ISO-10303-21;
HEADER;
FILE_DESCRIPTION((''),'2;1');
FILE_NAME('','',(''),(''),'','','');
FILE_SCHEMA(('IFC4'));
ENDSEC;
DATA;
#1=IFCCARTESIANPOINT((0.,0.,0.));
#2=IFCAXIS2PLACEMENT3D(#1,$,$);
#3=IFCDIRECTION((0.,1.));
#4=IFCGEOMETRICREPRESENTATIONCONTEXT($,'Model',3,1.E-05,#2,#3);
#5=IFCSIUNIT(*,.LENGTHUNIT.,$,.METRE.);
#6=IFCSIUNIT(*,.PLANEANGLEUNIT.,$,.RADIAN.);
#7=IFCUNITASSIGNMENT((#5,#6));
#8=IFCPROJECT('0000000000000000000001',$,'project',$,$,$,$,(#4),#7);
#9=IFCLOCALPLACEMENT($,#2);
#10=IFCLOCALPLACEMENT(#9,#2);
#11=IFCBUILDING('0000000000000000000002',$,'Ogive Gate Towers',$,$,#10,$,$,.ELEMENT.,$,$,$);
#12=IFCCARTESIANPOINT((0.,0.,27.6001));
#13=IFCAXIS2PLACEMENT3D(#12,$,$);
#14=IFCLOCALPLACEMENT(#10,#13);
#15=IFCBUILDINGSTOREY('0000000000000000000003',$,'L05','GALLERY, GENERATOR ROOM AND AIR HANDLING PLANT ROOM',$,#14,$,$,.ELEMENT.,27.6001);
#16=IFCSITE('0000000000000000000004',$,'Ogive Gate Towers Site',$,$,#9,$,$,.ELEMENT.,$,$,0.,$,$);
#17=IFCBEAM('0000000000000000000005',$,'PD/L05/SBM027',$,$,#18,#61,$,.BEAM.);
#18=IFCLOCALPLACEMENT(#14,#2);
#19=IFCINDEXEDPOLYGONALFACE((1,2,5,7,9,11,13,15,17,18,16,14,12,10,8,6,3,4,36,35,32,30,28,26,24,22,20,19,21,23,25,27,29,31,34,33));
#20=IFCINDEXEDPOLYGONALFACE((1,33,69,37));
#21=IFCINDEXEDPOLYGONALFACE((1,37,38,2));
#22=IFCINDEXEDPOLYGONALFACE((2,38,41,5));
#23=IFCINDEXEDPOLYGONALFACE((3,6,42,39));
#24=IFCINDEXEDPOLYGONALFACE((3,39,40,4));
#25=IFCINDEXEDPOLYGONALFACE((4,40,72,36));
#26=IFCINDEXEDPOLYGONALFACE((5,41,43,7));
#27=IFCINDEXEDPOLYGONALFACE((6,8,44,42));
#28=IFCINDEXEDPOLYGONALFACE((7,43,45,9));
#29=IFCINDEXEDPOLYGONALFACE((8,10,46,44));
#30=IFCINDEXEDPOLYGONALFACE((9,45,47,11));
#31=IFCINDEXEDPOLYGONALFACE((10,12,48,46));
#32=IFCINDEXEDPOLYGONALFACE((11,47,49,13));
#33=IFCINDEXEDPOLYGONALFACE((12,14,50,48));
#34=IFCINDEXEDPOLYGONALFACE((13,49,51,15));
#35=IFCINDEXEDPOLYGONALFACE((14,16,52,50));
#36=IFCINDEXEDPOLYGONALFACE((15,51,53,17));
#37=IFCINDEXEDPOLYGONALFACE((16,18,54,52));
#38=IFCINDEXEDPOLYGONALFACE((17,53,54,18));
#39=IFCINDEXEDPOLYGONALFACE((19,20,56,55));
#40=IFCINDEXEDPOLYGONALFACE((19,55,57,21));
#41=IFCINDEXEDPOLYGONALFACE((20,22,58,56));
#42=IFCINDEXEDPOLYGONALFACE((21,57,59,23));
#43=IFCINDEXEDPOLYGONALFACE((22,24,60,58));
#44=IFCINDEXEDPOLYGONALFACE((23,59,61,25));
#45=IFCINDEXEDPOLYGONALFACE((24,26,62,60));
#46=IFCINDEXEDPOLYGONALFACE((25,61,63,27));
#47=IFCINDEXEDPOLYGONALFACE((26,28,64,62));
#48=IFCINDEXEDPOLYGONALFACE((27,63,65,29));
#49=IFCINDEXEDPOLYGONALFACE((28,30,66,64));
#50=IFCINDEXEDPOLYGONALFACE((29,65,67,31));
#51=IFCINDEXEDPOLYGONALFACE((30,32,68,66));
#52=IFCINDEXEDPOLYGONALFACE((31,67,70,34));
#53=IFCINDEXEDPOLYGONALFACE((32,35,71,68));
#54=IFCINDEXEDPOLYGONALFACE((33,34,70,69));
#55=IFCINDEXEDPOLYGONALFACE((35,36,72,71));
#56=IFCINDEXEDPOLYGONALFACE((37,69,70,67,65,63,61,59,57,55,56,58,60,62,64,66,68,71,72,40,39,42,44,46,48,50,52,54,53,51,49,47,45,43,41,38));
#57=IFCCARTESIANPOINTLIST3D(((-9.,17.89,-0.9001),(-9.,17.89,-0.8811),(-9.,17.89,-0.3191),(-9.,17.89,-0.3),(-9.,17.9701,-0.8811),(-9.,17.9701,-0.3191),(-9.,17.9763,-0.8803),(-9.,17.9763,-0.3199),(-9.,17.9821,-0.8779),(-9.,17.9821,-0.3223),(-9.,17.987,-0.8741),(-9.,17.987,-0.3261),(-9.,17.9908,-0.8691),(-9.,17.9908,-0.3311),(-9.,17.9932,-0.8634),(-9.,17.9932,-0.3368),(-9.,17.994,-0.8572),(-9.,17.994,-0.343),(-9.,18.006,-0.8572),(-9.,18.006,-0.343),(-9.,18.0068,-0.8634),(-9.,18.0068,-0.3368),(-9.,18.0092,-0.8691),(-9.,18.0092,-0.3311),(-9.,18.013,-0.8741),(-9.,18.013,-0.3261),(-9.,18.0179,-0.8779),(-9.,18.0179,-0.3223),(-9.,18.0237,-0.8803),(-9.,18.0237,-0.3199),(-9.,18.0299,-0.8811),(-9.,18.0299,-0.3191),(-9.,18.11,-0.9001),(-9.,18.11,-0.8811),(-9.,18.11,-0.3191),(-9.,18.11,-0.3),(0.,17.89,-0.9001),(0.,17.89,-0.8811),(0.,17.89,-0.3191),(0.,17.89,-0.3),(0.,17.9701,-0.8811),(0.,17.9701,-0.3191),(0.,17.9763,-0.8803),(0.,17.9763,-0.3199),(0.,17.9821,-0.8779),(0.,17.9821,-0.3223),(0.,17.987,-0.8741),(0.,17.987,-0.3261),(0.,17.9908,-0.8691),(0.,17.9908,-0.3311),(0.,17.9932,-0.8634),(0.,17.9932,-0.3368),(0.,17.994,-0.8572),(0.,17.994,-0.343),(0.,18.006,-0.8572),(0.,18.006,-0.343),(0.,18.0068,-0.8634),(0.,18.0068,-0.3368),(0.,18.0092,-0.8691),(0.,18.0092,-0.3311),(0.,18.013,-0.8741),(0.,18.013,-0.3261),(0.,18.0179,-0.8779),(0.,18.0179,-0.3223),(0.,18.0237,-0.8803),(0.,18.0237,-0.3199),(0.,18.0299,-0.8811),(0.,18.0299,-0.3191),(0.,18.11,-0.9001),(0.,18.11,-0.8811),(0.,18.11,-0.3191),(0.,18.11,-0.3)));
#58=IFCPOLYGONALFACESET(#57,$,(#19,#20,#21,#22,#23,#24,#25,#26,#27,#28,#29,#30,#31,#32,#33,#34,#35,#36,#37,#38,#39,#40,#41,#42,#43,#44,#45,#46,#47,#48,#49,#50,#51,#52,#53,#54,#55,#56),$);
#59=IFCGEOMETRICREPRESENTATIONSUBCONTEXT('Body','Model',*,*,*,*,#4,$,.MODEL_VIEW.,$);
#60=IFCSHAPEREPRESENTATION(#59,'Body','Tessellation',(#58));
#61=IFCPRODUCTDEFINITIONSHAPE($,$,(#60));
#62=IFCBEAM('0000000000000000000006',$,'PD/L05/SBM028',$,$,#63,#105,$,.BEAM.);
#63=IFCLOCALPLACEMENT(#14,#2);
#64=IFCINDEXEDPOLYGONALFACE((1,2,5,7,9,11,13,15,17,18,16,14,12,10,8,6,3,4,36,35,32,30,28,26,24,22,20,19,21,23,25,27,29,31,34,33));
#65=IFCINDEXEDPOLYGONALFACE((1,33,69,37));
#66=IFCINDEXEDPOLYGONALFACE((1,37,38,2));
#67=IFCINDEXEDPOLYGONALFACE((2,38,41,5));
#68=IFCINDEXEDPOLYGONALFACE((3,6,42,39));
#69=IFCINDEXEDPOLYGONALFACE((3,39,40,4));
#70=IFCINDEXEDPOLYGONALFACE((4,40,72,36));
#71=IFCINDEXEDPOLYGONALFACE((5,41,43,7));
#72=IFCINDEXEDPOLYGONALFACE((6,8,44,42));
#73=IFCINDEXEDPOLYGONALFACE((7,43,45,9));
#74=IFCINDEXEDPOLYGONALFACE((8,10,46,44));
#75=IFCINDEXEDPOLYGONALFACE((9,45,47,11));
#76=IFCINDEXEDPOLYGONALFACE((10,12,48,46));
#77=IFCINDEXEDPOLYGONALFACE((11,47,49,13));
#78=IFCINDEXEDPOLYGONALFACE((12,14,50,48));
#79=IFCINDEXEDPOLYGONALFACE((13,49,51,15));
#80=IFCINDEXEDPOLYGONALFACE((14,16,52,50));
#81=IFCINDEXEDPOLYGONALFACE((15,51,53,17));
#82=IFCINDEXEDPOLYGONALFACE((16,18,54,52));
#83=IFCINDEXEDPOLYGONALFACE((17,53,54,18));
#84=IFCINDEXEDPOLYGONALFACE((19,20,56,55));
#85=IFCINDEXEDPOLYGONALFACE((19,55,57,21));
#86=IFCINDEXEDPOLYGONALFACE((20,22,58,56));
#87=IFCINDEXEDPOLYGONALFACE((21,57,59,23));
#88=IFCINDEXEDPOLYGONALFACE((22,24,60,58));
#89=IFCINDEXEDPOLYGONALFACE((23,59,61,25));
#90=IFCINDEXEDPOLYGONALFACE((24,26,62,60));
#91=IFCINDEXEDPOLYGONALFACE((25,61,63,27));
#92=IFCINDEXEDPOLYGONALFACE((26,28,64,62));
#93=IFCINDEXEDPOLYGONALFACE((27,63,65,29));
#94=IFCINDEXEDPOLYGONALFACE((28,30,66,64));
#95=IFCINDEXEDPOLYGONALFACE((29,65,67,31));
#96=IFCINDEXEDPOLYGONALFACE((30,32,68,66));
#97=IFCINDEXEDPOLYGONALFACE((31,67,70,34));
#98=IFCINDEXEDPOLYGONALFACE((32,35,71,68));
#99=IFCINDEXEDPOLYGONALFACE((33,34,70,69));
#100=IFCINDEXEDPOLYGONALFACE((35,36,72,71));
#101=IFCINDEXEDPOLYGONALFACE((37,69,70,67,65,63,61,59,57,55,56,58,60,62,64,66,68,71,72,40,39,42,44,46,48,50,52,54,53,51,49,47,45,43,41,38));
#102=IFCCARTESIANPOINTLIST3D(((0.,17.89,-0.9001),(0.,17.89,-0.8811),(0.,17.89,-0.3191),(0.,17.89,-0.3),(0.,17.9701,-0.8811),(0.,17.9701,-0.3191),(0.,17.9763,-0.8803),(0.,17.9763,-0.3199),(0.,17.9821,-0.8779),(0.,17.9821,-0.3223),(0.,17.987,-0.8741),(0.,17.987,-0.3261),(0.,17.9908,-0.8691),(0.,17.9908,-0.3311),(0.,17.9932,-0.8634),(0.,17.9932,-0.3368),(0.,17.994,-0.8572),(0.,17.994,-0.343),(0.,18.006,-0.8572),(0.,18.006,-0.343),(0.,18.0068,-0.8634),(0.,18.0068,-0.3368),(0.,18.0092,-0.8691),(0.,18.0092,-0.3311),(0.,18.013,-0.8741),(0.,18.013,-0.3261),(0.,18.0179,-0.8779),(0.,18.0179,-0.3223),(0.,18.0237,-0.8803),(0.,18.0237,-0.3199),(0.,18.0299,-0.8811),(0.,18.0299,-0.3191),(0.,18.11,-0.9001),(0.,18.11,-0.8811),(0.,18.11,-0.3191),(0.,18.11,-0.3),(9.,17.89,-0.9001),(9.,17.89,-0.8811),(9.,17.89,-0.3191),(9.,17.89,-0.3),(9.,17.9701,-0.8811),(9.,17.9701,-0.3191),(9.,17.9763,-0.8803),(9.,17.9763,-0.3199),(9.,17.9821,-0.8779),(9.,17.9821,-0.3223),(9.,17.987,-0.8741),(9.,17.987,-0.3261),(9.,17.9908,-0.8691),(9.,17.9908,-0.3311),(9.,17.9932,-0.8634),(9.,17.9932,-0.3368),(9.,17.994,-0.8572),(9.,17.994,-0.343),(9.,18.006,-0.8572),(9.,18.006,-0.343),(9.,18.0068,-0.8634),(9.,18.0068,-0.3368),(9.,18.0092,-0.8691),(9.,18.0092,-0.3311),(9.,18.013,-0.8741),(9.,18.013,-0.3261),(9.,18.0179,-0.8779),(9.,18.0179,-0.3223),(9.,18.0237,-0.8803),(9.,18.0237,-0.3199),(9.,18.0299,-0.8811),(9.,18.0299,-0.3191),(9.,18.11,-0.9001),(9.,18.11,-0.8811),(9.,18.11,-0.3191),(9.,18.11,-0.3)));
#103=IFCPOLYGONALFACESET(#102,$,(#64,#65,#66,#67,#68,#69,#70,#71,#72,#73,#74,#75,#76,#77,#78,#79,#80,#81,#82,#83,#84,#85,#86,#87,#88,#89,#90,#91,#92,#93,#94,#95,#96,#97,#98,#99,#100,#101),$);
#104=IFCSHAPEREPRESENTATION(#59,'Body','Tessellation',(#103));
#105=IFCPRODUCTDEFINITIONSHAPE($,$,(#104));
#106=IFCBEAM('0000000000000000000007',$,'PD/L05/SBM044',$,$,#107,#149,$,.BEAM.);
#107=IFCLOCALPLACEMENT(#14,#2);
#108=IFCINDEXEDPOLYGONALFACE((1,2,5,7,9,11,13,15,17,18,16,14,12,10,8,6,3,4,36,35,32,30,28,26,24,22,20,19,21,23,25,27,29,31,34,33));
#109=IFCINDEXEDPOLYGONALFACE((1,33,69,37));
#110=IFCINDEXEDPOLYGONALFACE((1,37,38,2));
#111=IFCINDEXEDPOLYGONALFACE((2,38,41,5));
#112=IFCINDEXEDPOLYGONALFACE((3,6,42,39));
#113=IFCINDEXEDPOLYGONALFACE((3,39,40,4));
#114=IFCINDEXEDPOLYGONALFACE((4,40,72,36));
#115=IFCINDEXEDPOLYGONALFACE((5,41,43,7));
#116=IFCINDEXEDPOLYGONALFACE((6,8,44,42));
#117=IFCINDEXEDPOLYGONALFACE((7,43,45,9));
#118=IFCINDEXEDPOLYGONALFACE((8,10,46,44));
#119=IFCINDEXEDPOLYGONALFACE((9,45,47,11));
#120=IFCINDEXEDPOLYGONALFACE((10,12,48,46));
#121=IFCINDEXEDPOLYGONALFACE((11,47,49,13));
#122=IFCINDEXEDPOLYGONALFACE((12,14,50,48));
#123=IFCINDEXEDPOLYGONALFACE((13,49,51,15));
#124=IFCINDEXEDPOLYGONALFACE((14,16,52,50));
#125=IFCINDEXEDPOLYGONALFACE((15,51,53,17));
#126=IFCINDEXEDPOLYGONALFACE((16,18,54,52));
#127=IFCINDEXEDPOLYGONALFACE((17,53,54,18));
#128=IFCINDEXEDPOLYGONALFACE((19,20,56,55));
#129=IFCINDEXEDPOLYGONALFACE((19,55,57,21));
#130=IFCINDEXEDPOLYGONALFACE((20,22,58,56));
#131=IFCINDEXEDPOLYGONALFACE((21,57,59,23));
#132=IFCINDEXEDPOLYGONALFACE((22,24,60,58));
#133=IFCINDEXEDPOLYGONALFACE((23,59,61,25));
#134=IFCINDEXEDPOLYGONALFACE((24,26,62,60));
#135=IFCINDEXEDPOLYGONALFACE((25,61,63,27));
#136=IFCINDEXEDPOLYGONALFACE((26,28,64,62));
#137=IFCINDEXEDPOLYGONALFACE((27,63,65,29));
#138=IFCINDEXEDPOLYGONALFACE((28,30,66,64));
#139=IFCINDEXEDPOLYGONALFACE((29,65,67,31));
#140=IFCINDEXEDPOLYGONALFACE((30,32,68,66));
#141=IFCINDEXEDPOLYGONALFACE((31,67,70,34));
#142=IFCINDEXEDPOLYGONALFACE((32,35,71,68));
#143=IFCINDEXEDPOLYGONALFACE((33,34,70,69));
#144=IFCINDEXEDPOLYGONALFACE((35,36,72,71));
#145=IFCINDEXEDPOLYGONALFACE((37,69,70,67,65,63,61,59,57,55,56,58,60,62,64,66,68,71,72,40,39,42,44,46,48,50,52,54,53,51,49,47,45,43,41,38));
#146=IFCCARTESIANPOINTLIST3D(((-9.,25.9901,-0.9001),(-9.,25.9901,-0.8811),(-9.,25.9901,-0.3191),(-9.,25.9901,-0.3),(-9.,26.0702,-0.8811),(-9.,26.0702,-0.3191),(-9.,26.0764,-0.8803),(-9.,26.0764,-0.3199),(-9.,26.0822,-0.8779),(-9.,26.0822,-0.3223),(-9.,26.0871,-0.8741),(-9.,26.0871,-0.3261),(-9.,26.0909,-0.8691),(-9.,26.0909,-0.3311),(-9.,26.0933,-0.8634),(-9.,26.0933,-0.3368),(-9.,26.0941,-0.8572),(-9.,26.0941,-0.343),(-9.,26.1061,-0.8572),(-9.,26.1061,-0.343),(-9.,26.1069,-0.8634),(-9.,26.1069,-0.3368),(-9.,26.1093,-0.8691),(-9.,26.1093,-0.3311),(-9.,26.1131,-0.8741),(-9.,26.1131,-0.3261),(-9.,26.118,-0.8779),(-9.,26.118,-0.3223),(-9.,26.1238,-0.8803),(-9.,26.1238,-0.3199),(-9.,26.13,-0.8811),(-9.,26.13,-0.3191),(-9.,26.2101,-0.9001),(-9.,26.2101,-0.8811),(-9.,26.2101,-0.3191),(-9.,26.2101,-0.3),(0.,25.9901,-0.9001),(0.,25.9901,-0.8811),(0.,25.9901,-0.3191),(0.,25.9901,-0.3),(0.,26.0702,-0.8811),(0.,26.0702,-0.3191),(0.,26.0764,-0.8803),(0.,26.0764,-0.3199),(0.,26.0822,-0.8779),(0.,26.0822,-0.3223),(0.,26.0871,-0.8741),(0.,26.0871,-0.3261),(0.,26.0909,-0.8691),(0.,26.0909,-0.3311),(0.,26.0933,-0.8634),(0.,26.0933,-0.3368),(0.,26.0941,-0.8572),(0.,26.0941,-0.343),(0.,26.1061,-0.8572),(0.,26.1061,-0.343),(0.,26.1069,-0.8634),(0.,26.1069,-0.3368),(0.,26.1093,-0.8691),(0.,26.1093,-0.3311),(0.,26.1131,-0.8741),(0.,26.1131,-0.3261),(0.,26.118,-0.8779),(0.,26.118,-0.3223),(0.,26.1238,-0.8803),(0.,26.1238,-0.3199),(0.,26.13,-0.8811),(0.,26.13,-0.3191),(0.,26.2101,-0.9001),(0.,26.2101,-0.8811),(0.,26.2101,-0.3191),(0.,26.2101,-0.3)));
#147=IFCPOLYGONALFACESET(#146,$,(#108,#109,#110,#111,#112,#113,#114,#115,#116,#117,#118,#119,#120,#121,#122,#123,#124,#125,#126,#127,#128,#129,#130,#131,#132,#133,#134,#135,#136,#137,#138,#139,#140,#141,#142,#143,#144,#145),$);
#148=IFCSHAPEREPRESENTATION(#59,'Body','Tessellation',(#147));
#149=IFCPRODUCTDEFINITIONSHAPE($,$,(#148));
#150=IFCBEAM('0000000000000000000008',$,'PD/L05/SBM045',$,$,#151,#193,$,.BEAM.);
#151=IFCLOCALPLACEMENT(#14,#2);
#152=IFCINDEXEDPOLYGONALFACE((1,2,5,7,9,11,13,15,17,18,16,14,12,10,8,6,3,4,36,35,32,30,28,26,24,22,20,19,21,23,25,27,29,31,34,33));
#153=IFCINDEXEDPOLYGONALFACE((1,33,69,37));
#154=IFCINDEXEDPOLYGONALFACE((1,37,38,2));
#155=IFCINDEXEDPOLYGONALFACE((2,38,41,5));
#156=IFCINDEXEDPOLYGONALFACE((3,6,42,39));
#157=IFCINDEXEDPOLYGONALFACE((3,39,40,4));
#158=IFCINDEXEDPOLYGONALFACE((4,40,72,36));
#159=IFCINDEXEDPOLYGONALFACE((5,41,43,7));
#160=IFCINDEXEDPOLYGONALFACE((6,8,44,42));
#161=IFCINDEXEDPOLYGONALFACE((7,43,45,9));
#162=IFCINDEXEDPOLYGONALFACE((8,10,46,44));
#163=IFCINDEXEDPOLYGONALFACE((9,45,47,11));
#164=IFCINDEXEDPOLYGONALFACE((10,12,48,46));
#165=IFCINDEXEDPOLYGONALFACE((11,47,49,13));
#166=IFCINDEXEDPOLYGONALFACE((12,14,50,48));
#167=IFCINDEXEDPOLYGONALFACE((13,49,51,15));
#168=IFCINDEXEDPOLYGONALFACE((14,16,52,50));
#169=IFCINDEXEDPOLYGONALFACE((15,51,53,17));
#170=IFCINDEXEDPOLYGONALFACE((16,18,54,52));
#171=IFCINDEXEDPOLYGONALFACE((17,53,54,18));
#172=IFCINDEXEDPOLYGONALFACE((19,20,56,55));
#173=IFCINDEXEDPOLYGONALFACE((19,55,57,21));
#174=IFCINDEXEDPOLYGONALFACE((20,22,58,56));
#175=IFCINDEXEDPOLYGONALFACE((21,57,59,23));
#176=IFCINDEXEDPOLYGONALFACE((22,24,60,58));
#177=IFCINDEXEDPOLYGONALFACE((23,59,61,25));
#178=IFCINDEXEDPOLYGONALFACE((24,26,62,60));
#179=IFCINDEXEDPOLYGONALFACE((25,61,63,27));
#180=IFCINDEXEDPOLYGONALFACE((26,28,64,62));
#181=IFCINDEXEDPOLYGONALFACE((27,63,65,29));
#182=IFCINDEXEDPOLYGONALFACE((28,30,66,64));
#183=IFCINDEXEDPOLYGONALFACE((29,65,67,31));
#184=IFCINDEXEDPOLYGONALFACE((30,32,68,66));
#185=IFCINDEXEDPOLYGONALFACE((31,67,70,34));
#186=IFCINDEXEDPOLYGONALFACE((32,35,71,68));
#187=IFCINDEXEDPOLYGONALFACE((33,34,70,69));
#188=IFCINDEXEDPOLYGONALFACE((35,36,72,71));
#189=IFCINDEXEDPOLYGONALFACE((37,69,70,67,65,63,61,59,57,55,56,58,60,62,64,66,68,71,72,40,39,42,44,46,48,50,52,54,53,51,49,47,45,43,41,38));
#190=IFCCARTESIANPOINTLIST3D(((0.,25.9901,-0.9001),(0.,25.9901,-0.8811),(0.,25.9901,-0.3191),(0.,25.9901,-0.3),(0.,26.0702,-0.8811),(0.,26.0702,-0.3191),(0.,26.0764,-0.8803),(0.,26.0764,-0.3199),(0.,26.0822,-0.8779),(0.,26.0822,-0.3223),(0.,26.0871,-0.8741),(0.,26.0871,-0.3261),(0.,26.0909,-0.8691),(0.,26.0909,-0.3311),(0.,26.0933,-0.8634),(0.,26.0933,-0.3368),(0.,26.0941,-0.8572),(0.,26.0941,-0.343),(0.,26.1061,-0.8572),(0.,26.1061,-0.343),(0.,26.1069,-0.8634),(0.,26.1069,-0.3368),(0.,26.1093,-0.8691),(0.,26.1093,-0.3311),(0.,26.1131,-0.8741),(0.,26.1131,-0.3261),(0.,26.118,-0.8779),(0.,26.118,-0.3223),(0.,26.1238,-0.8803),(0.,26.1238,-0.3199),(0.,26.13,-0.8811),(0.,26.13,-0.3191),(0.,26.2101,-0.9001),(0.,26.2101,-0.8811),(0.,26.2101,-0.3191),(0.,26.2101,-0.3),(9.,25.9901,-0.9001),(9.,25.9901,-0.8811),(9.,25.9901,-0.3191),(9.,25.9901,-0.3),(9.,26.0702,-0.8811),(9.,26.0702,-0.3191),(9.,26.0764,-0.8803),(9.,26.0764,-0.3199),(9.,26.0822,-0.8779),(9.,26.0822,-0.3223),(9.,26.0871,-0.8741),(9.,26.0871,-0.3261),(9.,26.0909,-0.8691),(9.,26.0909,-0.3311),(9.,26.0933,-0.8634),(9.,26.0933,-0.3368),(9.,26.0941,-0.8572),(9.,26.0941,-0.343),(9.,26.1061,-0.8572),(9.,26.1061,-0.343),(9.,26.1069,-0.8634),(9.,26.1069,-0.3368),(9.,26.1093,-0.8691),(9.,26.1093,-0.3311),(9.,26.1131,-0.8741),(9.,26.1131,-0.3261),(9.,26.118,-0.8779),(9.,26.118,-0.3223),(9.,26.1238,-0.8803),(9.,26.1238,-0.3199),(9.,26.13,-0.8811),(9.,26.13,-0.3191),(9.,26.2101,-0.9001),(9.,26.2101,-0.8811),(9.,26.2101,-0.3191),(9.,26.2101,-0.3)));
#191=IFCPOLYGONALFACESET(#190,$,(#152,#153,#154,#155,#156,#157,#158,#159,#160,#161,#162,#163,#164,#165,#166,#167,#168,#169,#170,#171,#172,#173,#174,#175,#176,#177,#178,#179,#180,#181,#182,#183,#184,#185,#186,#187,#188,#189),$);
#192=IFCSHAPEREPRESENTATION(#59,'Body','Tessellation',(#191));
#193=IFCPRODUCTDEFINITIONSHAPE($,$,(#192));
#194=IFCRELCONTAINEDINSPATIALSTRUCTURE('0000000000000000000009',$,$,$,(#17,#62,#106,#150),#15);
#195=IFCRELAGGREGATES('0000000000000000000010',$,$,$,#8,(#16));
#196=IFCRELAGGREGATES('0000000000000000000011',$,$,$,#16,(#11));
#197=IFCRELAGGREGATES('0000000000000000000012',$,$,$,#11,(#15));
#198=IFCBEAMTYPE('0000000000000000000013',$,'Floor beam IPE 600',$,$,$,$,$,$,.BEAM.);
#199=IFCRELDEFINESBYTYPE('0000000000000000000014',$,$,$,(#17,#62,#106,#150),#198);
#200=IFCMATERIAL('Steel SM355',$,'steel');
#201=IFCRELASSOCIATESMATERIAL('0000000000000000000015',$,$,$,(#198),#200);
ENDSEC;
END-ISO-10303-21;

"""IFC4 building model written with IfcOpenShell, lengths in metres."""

from ifc_helpers import new_model, si_unit, direction, frame, origin, origin_2d, place, context, subcontext, project, spatial, i_section, extrude, material, material_profile, profile_set, type_object, element, save


model = new_model("IFC4")

# Units and contexts
model_context = context("Model", 3, precision=1e-05, world=origin(), true_north=direction((0.0, 1.0)))
body_context = subcontext(model_context, "Body", "Model", "MODEL_VIEW")
ifc_project = project(units=[si_unit("LENGTHUNIT", "METRE"), si_unit("PLANEANGLEUNIT", "RADIAN")], contexts=[model_context])

# Site, building, storey
site_placement = place(None, origin())
site = spatial("IfcSite", under=ifc_project, at=site_placement, Name="Ogive Gate Towers Site", CompositionType="ELEMENT", RefElevation=0.0)
building_placement = place(site_placement, origin())
building = spatial("IfcBuilding", under=site, at=building_placement, Name="Ogive Gate Towers", CompositionType="ELEMENT")
storey_placement = place(building_placement, frame((0.0, 0.0, 27.6001)))
storey = spatial("IfcBuildingStorey", under=building, at=storey_placement, Name="L05", Description="GALLERY, GENERATOR ROOM AND AIR HANDLING PLANT ROOM", CompositionType="ELEMENT", Elevation=27.6001)

# Beams
ifc_material_1 = material(Name="Steel SM355", Category="steel")
ifc_material_profile_1 = material_profile(ifc_material_1, i_section(OverallWidth=0.22, OverallDepth=0.6001, WebThickness=0.012, FlangeThickness=0.019, FilletRadius=0.0239, at=origin_2d()), Name="IPE 600")
ifc_profile_set_1 = profile_set([ifc_material_profile_1], Name="Steel SM355")
beam_type_1 = type_object("IfcBeamType", Name="Floor beam IPE 600", PredefinedType="BEAM", material=ifc_profile_set_1)
for number, where, z_axis, x_axis, name in (
    (1, (-9.0, 18.0, -0.6001), (1.0, 0.0, 0.0), (0.0, 1.0, 0.0), "PD/L05/SBM027"),
    (2, (0.0, 18.0, -0.6001), (1.0, 0.0, 0.0), (0.0, 1.0, 0.0), "PD/L05/SBM028"),
    (3, (-9.0, 26.1001, -0.6001), (1.0, 0.0, 0.0), (0.0, 1.0, 0.0), "PD/L05/SBM044"),
    (4, (0.0, 26.1001, -0.6001), (1.0, 0.0, 0.0), (0.0, 1.0, 0.0), "PD/L05/SBM045"),
):
    element("IfcBeam", number, at=place(storey_placement, frame(where, z_axis=z_axis, x_axis=x_axis)), inside=storey, type_object=beam_type_1, Name=name, PredefinedType="BEAM", context=body_context, shape_type="SweptSolid", body=[
        extrude(i_section(OverallWidth=0.22, OverallDepth=0.6001, WebThickness=0.012, FlangeThickness=0.019, FilletRadius=0.0239, at=origin_2d()), origin(), (0.0, 0.0, 1.0), 9.0),
    ])

save(model, "model.ifc")
